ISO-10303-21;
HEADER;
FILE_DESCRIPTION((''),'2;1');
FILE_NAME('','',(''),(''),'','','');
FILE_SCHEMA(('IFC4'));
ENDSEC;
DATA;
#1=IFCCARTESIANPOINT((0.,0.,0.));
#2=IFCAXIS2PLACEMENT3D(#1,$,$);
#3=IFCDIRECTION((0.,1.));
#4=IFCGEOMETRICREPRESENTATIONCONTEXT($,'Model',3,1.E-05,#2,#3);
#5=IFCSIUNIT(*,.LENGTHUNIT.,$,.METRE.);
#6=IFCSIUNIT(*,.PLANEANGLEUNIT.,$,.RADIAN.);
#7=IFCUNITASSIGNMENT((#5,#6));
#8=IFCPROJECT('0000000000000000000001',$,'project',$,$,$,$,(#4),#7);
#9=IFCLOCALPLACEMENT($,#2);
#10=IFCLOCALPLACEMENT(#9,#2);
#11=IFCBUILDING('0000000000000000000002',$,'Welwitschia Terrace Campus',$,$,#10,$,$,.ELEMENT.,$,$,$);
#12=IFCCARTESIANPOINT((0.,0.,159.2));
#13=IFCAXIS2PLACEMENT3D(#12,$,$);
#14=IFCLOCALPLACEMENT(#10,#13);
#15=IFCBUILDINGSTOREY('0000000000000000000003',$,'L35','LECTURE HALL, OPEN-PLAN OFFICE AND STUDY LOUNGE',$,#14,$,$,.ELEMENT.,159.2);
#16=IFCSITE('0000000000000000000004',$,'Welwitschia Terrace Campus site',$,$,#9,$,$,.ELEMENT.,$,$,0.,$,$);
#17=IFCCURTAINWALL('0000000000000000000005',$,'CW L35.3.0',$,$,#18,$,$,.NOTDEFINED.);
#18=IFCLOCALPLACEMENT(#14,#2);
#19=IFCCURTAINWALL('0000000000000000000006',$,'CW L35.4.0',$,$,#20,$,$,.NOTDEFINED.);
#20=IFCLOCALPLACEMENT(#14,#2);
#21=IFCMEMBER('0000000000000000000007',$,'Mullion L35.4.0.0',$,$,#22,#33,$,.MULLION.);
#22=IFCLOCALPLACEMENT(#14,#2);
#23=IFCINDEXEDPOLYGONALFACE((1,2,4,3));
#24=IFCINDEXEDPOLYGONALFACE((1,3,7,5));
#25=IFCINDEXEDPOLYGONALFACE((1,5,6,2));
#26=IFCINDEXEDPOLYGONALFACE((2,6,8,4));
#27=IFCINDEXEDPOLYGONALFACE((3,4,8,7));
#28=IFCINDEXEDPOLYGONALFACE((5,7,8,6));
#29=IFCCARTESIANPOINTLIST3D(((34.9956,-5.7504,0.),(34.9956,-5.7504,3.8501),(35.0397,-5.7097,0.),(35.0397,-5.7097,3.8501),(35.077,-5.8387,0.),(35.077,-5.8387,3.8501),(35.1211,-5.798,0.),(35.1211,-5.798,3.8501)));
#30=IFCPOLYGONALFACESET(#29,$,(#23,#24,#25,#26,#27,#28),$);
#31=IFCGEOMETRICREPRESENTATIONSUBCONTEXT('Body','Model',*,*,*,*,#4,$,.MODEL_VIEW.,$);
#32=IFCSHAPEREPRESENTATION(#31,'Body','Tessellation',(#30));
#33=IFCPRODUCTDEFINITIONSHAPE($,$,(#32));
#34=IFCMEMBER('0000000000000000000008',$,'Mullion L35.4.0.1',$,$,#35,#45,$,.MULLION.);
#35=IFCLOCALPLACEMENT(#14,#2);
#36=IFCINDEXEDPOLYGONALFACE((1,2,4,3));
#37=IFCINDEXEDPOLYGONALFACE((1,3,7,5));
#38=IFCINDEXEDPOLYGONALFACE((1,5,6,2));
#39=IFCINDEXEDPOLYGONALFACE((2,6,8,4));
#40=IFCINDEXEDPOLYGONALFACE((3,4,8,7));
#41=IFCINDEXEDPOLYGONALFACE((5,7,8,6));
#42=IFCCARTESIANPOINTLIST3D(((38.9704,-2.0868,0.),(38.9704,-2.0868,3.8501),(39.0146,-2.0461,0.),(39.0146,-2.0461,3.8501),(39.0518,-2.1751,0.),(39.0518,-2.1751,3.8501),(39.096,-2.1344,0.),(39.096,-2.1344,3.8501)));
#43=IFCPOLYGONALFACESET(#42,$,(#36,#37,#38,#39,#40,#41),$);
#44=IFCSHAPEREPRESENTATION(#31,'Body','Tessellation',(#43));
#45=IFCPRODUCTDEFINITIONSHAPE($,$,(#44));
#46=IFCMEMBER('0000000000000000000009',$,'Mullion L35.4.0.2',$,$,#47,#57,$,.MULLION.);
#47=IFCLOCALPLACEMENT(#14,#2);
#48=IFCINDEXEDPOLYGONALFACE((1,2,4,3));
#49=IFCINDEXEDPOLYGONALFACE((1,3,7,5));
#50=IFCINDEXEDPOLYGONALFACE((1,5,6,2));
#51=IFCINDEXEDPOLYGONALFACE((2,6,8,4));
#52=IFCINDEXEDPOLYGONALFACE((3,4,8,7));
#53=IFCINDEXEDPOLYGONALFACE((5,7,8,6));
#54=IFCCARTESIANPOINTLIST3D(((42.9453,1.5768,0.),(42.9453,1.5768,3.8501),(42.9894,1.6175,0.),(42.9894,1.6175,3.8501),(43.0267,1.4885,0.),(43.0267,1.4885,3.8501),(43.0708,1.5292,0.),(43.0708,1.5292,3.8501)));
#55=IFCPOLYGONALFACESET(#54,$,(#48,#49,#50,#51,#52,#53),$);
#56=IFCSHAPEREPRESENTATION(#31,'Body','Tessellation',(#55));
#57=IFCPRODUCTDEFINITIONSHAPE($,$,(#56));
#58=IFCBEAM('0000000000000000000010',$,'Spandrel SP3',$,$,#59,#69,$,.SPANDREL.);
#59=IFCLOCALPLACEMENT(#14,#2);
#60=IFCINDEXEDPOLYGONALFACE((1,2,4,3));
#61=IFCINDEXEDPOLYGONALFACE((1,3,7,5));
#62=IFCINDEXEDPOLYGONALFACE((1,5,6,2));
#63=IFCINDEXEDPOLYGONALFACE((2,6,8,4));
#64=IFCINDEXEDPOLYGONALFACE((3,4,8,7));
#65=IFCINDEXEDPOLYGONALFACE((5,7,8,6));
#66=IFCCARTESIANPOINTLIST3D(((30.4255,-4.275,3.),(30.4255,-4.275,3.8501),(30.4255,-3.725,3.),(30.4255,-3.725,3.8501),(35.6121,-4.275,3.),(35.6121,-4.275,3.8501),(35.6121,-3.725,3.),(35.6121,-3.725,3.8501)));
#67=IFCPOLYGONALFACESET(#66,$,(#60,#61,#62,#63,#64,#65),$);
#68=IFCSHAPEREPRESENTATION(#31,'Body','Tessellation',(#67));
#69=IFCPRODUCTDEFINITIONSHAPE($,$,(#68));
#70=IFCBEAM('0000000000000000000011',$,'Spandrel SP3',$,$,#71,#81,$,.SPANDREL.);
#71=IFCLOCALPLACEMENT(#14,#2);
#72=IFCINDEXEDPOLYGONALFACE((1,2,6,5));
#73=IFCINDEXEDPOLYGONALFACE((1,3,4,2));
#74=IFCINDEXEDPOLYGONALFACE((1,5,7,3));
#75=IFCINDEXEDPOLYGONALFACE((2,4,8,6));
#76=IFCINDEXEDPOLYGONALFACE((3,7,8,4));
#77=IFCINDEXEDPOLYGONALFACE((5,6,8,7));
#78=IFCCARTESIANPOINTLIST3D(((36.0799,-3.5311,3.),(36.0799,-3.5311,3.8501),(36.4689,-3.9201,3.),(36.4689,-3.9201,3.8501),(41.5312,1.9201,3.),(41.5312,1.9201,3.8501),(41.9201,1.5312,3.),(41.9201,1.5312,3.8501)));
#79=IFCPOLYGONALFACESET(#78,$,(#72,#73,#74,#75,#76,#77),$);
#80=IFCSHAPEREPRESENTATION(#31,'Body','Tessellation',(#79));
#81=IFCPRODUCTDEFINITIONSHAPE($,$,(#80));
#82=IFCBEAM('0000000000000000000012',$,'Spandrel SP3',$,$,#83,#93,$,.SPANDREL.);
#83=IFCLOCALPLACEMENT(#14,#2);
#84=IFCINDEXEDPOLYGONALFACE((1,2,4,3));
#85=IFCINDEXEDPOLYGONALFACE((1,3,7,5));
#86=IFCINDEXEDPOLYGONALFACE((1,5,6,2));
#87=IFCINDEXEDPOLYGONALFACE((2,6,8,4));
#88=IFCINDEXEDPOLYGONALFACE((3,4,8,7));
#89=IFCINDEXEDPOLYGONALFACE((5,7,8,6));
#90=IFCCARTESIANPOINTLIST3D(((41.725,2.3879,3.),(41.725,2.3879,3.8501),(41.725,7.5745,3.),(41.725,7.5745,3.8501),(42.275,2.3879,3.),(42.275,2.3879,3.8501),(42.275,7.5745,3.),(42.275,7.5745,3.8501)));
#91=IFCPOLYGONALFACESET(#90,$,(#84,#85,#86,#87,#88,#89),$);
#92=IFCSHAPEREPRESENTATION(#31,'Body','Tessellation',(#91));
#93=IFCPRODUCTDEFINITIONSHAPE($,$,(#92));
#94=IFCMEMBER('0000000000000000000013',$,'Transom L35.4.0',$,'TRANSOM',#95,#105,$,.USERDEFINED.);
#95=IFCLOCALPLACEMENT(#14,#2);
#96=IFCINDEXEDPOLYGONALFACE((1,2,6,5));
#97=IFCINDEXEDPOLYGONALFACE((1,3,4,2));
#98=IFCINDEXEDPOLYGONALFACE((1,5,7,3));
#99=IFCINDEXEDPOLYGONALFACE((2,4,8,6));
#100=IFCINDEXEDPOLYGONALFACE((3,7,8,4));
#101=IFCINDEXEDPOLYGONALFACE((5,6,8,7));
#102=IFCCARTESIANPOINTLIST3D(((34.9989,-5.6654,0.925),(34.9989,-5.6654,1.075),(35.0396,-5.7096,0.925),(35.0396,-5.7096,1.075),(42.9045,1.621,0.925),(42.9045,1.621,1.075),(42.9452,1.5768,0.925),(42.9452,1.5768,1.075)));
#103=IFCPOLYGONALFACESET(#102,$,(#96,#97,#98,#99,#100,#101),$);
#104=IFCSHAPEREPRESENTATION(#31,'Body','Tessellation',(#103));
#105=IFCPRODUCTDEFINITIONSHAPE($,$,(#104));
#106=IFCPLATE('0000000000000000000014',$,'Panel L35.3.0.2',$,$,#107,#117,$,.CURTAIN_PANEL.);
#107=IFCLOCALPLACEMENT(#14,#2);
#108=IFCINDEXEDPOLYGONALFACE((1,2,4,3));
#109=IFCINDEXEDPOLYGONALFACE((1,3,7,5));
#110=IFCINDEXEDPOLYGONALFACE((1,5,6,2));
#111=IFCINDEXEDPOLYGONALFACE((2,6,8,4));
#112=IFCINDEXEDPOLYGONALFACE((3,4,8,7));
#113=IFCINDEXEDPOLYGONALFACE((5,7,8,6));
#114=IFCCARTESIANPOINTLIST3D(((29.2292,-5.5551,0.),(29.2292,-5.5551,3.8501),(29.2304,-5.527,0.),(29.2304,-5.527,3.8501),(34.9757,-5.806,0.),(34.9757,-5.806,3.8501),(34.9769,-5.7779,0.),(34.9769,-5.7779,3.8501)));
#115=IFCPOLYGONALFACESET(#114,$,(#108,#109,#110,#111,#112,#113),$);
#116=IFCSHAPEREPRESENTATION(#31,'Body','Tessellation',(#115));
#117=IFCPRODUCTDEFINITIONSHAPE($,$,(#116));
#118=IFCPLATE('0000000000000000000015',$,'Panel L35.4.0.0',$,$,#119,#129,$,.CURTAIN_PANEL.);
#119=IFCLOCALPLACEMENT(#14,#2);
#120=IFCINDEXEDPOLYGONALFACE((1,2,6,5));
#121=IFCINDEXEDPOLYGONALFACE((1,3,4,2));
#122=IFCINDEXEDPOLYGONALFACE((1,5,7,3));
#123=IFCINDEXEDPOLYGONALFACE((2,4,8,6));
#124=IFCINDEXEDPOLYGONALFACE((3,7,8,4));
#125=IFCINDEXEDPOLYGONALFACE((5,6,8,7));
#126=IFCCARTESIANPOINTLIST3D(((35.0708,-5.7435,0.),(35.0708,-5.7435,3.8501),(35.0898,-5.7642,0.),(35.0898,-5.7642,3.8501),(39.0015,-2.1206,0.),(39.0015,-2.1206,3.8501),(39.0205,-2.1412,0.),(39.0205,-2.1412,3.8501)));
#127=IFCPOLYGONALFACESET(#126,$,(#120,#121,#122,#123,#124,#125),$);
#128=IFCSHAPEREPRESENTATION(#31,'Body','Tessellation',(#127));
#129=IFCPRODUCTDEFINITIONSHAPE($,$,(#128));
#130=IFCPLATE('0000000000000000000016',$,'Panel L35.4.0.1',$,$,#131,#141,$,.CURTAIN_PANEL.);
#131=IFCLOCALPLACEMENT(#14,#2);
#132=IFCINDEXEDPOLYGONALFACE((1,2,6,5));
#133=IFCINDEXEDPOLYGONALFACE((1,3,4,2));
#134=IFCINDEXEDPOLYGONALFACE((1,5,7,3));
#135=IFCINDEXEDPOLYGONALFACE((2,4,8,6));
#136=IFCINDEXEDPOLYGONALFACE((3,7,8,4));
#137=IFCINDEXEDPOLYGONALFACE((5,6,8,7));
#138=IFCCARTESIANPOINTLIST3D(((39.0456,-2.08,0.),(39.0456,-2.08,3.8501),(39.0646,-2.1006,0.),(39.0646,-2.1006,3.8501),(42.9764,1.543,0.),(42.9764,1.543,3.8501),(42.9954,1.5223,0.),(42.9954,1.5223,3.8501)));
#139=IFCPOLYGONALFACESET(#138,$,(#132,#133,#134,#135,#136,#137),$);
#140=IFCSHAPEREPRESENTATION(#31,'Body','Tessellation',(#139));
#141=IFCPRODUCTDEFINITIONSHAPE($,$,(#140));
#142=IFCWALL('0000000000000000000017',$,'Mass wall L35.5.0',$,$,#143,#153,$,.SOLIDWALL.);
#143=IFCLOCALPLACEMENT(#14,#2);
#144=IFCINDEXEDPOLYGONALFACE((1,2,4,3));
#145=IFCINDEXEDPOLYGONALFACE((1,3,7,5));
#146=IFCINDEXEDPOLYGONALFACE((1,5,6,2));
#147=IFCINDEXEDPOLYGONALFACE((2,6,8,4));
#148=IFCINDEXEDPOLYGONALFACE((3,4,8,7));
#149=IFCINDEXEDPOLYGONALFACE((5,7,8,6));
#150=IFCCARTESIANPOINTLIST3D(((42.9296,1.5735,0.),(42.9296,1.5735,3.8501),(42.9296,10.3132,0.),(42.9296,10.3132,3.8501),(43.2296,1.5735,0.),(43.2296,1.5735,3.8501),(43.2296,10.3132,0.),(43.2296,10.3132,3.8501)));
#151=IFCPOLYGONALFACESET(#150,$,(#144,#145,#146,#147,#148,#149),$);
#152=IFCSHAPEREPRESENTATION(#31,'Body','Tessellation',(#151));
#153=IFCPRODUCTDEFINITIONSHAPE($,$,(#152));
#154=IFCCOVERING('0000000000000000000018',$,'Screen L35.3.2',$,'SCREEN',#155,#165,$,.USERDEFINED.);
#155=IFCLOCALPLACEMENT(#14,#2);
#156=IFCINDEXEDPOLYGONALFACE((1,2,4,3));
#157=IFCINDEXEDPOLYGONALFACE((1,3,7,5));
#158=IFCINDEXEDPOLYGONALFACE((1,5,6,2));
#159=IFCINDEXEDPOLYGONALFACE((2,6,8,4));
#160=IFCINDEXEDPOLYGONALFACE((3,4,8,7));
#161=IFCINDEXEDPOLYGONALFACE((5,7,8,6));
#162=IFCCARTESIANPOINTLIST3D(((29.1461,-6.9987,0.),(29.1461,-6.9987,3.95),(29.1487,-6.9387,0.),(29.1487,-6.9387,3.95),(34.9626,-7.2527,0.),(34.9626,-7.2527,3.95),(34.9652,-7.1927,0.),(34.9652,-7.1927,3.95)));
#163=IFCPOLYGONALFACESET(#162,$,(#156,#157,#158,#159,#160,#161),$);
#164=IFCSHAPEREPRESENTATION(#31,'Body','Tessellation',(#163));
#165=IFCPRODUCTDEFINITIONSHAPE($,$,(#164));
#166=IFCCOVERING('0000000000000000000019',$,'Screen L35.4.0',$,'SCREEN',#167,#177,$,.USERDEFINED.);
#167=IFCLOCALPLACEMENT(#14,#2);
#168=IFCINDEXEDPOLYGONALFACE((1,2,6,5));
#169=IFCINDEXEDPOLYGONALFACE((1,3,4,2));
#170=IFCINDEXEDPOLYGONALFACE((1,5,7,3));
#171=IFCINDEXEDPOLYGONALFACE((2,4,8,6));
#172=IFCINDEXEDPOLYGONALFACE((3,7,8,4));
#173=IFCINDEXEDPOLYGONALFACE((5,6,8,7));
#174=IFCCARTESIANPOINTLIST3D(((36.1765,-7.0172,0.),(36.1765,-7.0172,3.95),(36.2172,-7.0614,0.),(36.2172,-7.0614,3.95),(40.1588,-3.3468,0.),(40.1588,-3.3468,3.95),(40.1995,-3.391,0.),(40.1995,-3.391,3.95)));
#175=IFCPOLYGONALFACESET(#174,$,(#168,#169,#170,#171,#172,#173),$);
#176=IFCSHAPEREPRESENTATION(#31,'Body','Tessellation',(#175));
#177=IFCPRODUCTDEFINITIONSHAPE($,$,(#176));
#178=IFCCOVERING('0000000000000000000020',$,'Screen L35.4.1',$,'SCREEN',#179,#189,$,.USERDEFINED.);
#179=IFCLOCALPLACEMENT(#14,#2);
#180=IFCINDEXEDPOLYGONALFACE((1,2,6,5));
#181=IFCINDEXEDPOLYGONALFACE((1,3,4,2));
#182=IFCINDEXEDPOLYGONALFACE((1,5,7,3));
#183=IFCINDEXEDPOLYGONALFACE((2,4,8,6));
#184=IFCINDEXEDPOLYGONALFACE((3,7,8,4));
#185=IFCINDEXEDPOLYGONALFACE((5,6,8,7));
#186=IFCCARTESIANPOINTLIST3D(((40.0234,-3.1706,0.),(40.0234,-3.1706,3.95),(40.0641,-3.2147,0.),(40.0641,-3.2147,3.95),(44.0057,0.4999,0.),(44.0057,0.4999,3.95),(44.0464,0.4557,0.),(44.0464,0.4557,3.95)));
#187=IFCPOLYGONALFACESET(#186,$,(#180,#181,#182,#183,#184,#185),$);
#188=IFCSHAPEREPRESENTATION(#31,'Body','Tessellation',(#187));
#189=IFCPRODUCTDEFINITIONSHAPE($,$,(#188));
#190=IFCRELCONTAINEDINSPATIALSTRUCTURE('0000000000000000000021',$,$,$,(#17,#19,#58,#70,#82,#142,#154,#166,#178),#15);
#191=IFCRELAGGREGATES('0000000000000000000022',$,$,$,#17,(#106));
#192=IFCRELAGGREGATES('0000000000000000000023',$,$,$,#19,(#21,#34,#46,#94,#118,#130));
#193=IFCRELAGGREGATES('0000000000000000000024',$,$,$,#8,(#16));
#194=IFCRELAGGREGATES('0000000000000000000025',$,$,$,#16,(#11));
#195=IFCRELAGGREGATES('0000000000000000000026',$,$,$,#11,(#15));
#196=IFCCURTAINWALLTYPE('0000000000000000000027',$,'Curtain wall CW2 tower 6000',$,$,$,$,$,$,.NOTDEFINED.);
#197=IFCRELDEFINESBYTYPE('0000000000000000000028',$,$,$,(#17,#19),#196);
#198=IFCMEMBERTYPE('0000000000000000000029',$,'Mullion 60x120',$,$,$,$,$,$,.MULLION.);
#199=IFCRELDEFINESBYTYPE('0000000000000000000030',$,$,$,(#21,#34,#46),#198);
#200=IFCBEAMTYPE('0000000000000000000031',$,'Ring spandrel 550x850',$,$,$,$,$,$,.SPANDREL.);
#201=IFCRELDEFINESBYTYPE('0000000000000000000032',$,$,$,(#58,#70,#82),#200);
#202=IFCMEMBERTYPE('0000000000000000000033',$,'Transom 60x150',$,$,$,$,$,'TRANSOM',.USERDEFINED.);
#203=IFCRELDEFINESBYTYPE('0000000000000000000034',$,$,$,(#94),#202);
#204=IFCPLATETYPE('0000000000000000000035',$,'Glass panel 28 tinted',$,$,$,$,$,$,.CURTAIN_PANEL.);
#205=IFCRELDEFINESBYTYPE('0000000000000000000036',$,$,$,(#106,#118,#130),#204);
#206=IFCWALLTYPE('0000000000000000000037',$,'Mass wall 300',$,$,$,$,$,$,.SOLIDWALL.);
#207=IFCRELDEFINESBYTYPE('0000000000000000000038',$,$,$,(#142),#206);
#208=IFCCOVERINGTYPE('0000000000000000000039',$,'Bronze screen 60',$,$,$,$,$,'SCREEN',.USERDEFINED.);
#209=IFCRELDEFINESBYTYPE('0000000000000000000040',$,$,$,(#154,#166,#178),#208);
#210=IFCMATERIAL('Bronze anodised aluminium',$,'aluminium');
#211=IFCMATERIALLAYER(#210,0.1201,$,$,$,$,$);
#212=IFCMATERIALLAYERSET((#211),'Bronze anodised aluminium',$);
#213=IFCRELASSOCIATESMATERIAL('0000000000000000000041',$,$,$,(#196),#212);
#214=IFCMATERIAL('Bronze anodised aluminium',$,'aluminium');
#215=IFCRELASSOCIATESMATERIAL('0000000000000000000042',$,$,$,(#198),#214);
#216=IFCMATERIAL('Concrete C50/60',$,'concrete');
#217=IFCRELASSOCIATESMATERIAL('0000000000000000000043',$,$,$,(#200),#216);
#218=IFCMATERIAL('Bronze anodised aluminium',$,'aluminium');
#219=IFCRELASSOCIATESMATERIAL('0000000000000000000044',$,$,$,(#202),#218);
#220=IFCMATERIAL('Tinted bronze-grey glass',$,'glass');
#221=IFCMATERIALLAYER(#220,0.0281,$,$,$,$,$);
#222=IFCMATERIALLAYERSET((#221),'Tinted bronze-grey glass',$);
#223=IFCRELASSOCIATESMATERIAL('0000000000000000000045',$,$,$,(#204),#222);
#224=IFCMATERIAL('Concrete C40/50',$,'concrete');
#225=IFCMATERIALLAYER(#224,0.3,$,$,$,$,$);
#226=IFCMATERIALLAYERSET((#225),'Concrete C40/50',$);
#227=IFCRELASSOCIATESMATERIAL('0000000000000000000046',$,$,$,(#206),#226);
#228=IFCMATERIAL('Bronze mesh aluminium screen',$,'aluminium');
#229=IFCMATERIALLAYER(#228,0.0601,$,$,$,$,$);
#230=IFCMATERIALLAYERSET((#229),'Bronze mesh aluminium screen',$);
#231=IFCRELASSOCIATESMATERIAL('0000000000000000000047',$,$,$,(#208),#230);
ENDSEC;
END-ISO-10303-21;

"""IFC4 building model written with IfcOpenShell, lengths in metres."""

from ifc_helpers import new_model, si_unit, direction, frame, frame_2d, origin, origin_2d, place, context, subcontext, project, spatial, rectangle, extrude, material, layer, layer_set, material_profile, profile_set, type_object, element, aggregate, save


model = new_model("IFC4")

# Units and contexts
model_context = context("Model", 3, precision=1e-05, world=origin(), true_north=direction((0.0, 1.0)))
body_context = subcontext(model_context, "Body", "Model", "MODEL_VIEW")
ifc_project = project(units=[si_unit("LENGTHUNIT", "METRE"), si_unit("PLANEANGLEUNIT", "RADIAN")], contexts=[model_context])

# Site, building, storey
site_placement = place(None, origin())
site = spatial("IfcSite", under=ifc_project, at=site_placement, Name="Welwitschia Terrace Campus site", CompositionType="ELEMENT", RefElevation=0.0)
building_placement = place(site_placement, origin())
building = spatial("IfcBuilding", under=site, at=building_placement, Name="Welwitschia Terrace Campus", CompositionType="ELEMENT")
storey_placement = place(building_placement, frame((0.0, 0.0, 159.2)))
storey = spatial("IfcBuildingStorey", under=building, at=storey_placement, Name="L35", Description="LECTURE HALL, OPEN-PLAN OFFICE AND STUDY LOUNGE", CompositionType="ELEMENT", Elevation=159.2)

# Curtain wall
ifc_material_1 = material(Name="Bronze anodised aluminium", Category="aluminium")
ifc_layer_1 = layer(ifc_material_1, 0.1201)
ifc_layer_set_1 = layer_set([ifc_layer_1], Name="Bronze anodised aluminium")
curtain_wall_type = type_object("IfcCurtainWallType", Name="Curtain wall CW2 tower 6000", PredefinedType="NOTDEFINED", material=ifc_layer_set_1)
curtain_wall_1_placement = place(storey_placement, origin())
curtain_wall_1 = element("IfcCurtainWall", 1, at=curtain_wall_1_placement, inside=storey, type_object=curtain_wall_type, Name="CW L35.3.0", PredefinedType="NOTDEFINED")
ifc_material_2 = material(Name="Bronze anodised aluminium", Category="aluminium")
ifc_material_profile_1 = material_profile(ifc_material_2, rectangle(XDim=0.1201, YDim=0.0601, at=origin_2d()))
ifc_profile_set_1 = profile_set([ifc_material_profile_1], Name="Bronze anodised aluminium")
member_type_1 = type_object("IfcMemberType", Name="Mullion 60x120", PredefinedType="MULLION", material=ifc_profile_set_1)

# Curtain wall, members
curtain_wall_2_placement = place(storey_placement, origin())
curtain_wall_2 = element("IfcCurtainWall", 2, at=curtain_wall_2_placement, inside=storey, type_object=curtain_wall_type, Name="CW L35.4.0", PredefinedType="NOTDEFINED")
member_1_placement = place(storey_placement, frame((35.0583, -5.7742, 0.0), z_axis=(0.0, 0.0, 1.0), x_axis=(-0.67773, 0.735311, 0.0)))
member_1 = element("IfcMember", 3, at=member_1_placement, type_object=member_type_1, Name="Mullion L35.4.0.0", PredefinedType="MULLION", context=body_context, shape_type="SweptSolid", body=[
    extrude(rectangle(XDim=0.1201, YDim=0.0601, at=origin_2d()), origin(), (0.0, 0.0, 1.0), 3.8501),
])
member_2_placement = place(storey_placement, frame((39.0332, -2.1106, 0.0), z_axis=(0.0, 0.0, 1.0), x_axis=(-0.67773, 0.735311, 0.0)))
member_2 = element("IfcMember", 4, at=member_2_placement, type_object=member_type_1, Name="Mullion L35.4.0.1", PredefinedType="MULLION", context=body_context, shape_type="SweptSolid", body=[
    extrude(rectangle(XDim=0.1201, YDim=0.0601, at=origin_2d()), origin(), (0.0, 0.0, 1.0), 3.8501),
])
member_3_placement = place(storey_placement, frame((43.0081, 1.553, 0.0), z_axis=(0.0, 0.0, 1.0), x_axis=(-0.67773, 0.735311, 0.0)))
member_3 = element("IfcMember", 5, at=member_3_placement, type_object=member_type_1, Name="Mullion L35.4.0.2", PredefinedType="MULLION", context=body_context, shape_type="SweptSolid", body=[
    extrude(rectangle(XDim=0.1201, YDim=0.0601, at=origin_2d()), origin(), (0.0, 0.0, 1.0), 3.8501),
])

# Beams
ifc_material_3 = material(Name="Concrete C50/60", Category="concrete")
ifc_material_profile_2 = material_profile(ifc_material_3, rectangle(XDim=0.55, YDim=0.8501, at=origin_2d()))
ifc_profile_set_2 = profile_set([ifc_material_profile_2], Name="Concrete C50/60")
beam_type_1 = type_object("IfcBeamType", Name="Ring spandrel 550x850", PredefinedType="SPANDREL", material=ifc_profile_set_2)
beam_1_placement = place(storey_placement, frame((30.4255, -4.0, 3.425), z_axis=(1.0, 0.0, 0.0), x_axis=(0.0, 1.0, 0.0)))
element("IfcBeam", 6, at=beam_1_placement, inside=storey, type_object=beam_type_1, Name="Spandrel SP3", PredefinedType="SPANDREL", context=body_context, shape_type="SweptSolid", body=[
    extrude(rectangle(XDim=0.55, YDim=0.8501, at=origin_2d()), origin(), (0.0, 0.0, 1.0), 5.1865),
])
beam_2_placement = place(storey_placement, frame((36.2744, -3.7256, 3.425), z_axis=(0.707107, 0.707107, 0.0), x_axis=(-0.707107, 0.707107, 0.0)))
element("IfcBeam", 7, at=beam_2_placement, inside=storey, type_object=beam_type_1, Name="Spandrel SP3", PredefinedType="SPANDREL", context=body_context, shape_type="SweptSolid", body=[
    extrude(rectangle(XDim=0.55, YDim=0.8501, at=origin_2d()), origin(), (0.0, 0.0, 1.0), 7.7092),
])
beam_3_placement = place(storey_placement, frame((42.0, 2.3879, 3.425), z_axis=(0.0, 1.0, 0.0), x_axis=(-1.0, 0.0, 0.0)))
element("IfcBeam", 8, at=beam_3_placement, inside=storey, type_object=beam_type_1, Name="Spandrel SP3", PredefinedType="SPANDREL", context=body_context, shape_type="SweptSolid", body=[
    extrude(rectangle(XDim=0.55, YDim=0.8501, at=origin_2d()), origin(), (0.0, 0.0, 1.0), 5.1865),
])

# Member
ifc_material_4 = material(Name="Bronze anodised aluminium", Category="aluminium")
ifc_material_profile_3 = material_profile(ifc_material_4, rectangle(XDim=0.0601, YDim=0.1499, at=origin_2d()))
ifc_profile_set_3 = profile_set([ifc_material_profile_3], Name="Bronze anodised aluminium")
member_type_2 = type_object("IfcMemberType", Name="Transom 60x150", ElementType="TRANSOM", PredefinedType="USERDEFINED", material=ifc_profile_set_3)
member_4_placement = place(storey_placement, frame((35.0193, -5.6875, 1.0), z_axis=(0.735314, 0.677726, 0.0), x_axis=(-0.677726, 0.735314, 0.0)))
member_4 = element("IfcMember", 9, at=member_4_placement, type_object=member_type_2, Name="Transom L35.4.0", ObjectType="TRANSOM", PredefinedType="USERDEFINED", context=body_context, shape_type="SweptSolid", body=[
    extrude(rectangle(XDim=0.0601, YDim=0.1499, at=origin_2d()), origin(), (0.0, 0.0, 1.0), 10.7512),
])

# Plates
ifc_material_5 = material(Name="Tinted bronze-grey glass", Category="glass")
ifc_layer_2 = layer(ifc_material_5, 0.0281)
ifc_layer_set_2 = layer_set([ifc_layer_2], Name="Tinted bronze-grey glass")
plate_type = type_object("IfcPlateType", Name="Glass panel 28 tinted", PredefinedType="CURTAIN_PANEL", material=ifc_layer_set_2)
plate_1_placement = place(storey_placement, frame((32.103, -5.6665, 0.0), z_axis=(0.0, 0.0, 1.0), x_axis=(0.999048, -0.043619, 0.0)))
plate_1 = element("IfcPlate", 10, at=plate_1_placement, type_object=plate_type, Name="Panel L35.3.0.2", PredefinedType="CURTAIN_PANEL", context=body_context, shape_type="SweptSolid", body=[
    extrude(rectangle(XDim=5.752, YDim=0.0281, at=origin_2d()), origin(), (0.0, 0.0, 1.0), 3.8501),
])
aggregate(curtain_wall_1, [plate_1])
plate_2_placement = place(storey_placement, frame((37.0457, -3.9424, 0.0), z_axis=(0.0, 0.0, 1.0), x_axis=(0.735311, 0.67773, 0.0)))
plate_2 = element("IfcPlate", 11, at=plate_2_placement, type_object=plate_type, Name="Panel L35.4.0.0", PredefinedType="CURTAIN_PANEL", context=body_context, shape_type="SweptSolid", body=[
    extrude(rectangle(XDim=5.3457, YDim=0.0281, at=origin_2d()), origin(), (0.0, 0.0, 1.0), 3.8501),
])
plate_3_placement = place(storey_placement, frame((41.0205, -0.2788, 0.0), z_axis=(0.0, 0.0, 1.0), x_axis=(0.735311, 0.67773, 0.0)))
plate_3 = element("IfcPlate", 12, at=plate_3_placement, type_object=plate_type, Name="Panel L35.4.0.1", PredefinedType="CURTAIN_PANEL", context=body_context, shape_type="SweptSolid", body=[
    extrude(rectangle(XDim=5.3457, YDim=0.0281, at=origin_2d()), origin(), (0.0, 0.0, 1.0), 3.8501),
])
aggregate(curtain_wall_2, [member_1, member_2, member_3, member_4, plate_2, plate_3])

# Wall
ifc_material_6 = material(Name="Concrete C40/50", Category="concrete")
ifc_layer_3 = layer(ifc_material_6, 0.3)
ifc_layer_set_3 = layer_set([ifc_layer_3], Name="Concrete C40/50")
wall_type = type_object("IfcWallType", Name="Mass wall 300", PredefinedType="SOLIDWALL", material=ifc_layer_set_3)
wall_placement = place(storey_placement, frame((43.0796, 1.5735, 0.0), z_axis=(0.0, 0.0, 1.0), x_axis=(0.0, 1.0, 0.0)))
element("IfcWall", 13, at=wall_placement, inside=storey, type_object=wall_type, Name="Mass wall L35.5.0", PredefinedType="SOLIDWALL", context=body_context, shape_type="SweptSolid", body=[
    extrude(rectangle(XDim=8.7397, YDim=0.3, at=frame_2d((4.3699, 0.0))), origin(), (0.0, 0.0, 1.0), 3.8501),
])

# Coverings
ifc_material_7 = material(Name="Bronze mesh aluminium screen", Category="aluminium")
ifc_layer_4 = layer(ifc_material_7, 0.0601)
ifc_layer_set_4 = layer_set([ifc_layer_4], Name="Bronze mesh aluminium screen")
covering_type = type_object("IfcCoveringType", Name="Bronze screen 60", ElementType="SCREEN", PredefinedType="USERDEFINED", material=ifc_layer_set_4)
covering_placement = place(storey_placement, frame((32.0557, -7.0957, 0.0), z_axis=(0.0, 0.0, 1.0), x_axis=(0.999048, -0.043619, 0.0)))
element("IfcCovering", 14, at=covering_placement, inside=storey, type_object=covering_type, Name="Screen L35.3.2", ObjectType="SCREEN", PredefinedType="USERDEFINED", context=body_context, shape_type="SweptSolid", body=[
    extrude(rectangle(XDim=5.822, YDim=0.0601, at=origin_2d()), origin(), (0.0, 0.0, 1.0), 3.95),
])
for number, where, z_axis, x_axis, name in (
    (15, (38.188, -5.2041, 0.0), (0.0, 0.0, 1.0), (0.735311, 0.67773, 0.0), "Screen L35.4.0"),
    (16, (42.0349, -1.3574, 0.0), (0.0, 0.0, 1.0), (0.735311, 0.67773, 0.0), "Screen L35.4.1"),
):
    element("IfcCovering", number, at=place(storey_placement, frame(where, z_axis=z_axis, x_axis=x_axis)), inside=storey, type_object=covering_type, Name=name, ObjectType="SCREEN", PredefinedType="USERDEFINED", context=body_context, shape_type="SweptSolid", body=[
        extrude(rectangle(XDim=5.4158, YDim=0.0601, at=origin_2d()), origin(), (0.0, 0.0, 1.0), 3.95),
    ])

save(model, "model.ifc")
